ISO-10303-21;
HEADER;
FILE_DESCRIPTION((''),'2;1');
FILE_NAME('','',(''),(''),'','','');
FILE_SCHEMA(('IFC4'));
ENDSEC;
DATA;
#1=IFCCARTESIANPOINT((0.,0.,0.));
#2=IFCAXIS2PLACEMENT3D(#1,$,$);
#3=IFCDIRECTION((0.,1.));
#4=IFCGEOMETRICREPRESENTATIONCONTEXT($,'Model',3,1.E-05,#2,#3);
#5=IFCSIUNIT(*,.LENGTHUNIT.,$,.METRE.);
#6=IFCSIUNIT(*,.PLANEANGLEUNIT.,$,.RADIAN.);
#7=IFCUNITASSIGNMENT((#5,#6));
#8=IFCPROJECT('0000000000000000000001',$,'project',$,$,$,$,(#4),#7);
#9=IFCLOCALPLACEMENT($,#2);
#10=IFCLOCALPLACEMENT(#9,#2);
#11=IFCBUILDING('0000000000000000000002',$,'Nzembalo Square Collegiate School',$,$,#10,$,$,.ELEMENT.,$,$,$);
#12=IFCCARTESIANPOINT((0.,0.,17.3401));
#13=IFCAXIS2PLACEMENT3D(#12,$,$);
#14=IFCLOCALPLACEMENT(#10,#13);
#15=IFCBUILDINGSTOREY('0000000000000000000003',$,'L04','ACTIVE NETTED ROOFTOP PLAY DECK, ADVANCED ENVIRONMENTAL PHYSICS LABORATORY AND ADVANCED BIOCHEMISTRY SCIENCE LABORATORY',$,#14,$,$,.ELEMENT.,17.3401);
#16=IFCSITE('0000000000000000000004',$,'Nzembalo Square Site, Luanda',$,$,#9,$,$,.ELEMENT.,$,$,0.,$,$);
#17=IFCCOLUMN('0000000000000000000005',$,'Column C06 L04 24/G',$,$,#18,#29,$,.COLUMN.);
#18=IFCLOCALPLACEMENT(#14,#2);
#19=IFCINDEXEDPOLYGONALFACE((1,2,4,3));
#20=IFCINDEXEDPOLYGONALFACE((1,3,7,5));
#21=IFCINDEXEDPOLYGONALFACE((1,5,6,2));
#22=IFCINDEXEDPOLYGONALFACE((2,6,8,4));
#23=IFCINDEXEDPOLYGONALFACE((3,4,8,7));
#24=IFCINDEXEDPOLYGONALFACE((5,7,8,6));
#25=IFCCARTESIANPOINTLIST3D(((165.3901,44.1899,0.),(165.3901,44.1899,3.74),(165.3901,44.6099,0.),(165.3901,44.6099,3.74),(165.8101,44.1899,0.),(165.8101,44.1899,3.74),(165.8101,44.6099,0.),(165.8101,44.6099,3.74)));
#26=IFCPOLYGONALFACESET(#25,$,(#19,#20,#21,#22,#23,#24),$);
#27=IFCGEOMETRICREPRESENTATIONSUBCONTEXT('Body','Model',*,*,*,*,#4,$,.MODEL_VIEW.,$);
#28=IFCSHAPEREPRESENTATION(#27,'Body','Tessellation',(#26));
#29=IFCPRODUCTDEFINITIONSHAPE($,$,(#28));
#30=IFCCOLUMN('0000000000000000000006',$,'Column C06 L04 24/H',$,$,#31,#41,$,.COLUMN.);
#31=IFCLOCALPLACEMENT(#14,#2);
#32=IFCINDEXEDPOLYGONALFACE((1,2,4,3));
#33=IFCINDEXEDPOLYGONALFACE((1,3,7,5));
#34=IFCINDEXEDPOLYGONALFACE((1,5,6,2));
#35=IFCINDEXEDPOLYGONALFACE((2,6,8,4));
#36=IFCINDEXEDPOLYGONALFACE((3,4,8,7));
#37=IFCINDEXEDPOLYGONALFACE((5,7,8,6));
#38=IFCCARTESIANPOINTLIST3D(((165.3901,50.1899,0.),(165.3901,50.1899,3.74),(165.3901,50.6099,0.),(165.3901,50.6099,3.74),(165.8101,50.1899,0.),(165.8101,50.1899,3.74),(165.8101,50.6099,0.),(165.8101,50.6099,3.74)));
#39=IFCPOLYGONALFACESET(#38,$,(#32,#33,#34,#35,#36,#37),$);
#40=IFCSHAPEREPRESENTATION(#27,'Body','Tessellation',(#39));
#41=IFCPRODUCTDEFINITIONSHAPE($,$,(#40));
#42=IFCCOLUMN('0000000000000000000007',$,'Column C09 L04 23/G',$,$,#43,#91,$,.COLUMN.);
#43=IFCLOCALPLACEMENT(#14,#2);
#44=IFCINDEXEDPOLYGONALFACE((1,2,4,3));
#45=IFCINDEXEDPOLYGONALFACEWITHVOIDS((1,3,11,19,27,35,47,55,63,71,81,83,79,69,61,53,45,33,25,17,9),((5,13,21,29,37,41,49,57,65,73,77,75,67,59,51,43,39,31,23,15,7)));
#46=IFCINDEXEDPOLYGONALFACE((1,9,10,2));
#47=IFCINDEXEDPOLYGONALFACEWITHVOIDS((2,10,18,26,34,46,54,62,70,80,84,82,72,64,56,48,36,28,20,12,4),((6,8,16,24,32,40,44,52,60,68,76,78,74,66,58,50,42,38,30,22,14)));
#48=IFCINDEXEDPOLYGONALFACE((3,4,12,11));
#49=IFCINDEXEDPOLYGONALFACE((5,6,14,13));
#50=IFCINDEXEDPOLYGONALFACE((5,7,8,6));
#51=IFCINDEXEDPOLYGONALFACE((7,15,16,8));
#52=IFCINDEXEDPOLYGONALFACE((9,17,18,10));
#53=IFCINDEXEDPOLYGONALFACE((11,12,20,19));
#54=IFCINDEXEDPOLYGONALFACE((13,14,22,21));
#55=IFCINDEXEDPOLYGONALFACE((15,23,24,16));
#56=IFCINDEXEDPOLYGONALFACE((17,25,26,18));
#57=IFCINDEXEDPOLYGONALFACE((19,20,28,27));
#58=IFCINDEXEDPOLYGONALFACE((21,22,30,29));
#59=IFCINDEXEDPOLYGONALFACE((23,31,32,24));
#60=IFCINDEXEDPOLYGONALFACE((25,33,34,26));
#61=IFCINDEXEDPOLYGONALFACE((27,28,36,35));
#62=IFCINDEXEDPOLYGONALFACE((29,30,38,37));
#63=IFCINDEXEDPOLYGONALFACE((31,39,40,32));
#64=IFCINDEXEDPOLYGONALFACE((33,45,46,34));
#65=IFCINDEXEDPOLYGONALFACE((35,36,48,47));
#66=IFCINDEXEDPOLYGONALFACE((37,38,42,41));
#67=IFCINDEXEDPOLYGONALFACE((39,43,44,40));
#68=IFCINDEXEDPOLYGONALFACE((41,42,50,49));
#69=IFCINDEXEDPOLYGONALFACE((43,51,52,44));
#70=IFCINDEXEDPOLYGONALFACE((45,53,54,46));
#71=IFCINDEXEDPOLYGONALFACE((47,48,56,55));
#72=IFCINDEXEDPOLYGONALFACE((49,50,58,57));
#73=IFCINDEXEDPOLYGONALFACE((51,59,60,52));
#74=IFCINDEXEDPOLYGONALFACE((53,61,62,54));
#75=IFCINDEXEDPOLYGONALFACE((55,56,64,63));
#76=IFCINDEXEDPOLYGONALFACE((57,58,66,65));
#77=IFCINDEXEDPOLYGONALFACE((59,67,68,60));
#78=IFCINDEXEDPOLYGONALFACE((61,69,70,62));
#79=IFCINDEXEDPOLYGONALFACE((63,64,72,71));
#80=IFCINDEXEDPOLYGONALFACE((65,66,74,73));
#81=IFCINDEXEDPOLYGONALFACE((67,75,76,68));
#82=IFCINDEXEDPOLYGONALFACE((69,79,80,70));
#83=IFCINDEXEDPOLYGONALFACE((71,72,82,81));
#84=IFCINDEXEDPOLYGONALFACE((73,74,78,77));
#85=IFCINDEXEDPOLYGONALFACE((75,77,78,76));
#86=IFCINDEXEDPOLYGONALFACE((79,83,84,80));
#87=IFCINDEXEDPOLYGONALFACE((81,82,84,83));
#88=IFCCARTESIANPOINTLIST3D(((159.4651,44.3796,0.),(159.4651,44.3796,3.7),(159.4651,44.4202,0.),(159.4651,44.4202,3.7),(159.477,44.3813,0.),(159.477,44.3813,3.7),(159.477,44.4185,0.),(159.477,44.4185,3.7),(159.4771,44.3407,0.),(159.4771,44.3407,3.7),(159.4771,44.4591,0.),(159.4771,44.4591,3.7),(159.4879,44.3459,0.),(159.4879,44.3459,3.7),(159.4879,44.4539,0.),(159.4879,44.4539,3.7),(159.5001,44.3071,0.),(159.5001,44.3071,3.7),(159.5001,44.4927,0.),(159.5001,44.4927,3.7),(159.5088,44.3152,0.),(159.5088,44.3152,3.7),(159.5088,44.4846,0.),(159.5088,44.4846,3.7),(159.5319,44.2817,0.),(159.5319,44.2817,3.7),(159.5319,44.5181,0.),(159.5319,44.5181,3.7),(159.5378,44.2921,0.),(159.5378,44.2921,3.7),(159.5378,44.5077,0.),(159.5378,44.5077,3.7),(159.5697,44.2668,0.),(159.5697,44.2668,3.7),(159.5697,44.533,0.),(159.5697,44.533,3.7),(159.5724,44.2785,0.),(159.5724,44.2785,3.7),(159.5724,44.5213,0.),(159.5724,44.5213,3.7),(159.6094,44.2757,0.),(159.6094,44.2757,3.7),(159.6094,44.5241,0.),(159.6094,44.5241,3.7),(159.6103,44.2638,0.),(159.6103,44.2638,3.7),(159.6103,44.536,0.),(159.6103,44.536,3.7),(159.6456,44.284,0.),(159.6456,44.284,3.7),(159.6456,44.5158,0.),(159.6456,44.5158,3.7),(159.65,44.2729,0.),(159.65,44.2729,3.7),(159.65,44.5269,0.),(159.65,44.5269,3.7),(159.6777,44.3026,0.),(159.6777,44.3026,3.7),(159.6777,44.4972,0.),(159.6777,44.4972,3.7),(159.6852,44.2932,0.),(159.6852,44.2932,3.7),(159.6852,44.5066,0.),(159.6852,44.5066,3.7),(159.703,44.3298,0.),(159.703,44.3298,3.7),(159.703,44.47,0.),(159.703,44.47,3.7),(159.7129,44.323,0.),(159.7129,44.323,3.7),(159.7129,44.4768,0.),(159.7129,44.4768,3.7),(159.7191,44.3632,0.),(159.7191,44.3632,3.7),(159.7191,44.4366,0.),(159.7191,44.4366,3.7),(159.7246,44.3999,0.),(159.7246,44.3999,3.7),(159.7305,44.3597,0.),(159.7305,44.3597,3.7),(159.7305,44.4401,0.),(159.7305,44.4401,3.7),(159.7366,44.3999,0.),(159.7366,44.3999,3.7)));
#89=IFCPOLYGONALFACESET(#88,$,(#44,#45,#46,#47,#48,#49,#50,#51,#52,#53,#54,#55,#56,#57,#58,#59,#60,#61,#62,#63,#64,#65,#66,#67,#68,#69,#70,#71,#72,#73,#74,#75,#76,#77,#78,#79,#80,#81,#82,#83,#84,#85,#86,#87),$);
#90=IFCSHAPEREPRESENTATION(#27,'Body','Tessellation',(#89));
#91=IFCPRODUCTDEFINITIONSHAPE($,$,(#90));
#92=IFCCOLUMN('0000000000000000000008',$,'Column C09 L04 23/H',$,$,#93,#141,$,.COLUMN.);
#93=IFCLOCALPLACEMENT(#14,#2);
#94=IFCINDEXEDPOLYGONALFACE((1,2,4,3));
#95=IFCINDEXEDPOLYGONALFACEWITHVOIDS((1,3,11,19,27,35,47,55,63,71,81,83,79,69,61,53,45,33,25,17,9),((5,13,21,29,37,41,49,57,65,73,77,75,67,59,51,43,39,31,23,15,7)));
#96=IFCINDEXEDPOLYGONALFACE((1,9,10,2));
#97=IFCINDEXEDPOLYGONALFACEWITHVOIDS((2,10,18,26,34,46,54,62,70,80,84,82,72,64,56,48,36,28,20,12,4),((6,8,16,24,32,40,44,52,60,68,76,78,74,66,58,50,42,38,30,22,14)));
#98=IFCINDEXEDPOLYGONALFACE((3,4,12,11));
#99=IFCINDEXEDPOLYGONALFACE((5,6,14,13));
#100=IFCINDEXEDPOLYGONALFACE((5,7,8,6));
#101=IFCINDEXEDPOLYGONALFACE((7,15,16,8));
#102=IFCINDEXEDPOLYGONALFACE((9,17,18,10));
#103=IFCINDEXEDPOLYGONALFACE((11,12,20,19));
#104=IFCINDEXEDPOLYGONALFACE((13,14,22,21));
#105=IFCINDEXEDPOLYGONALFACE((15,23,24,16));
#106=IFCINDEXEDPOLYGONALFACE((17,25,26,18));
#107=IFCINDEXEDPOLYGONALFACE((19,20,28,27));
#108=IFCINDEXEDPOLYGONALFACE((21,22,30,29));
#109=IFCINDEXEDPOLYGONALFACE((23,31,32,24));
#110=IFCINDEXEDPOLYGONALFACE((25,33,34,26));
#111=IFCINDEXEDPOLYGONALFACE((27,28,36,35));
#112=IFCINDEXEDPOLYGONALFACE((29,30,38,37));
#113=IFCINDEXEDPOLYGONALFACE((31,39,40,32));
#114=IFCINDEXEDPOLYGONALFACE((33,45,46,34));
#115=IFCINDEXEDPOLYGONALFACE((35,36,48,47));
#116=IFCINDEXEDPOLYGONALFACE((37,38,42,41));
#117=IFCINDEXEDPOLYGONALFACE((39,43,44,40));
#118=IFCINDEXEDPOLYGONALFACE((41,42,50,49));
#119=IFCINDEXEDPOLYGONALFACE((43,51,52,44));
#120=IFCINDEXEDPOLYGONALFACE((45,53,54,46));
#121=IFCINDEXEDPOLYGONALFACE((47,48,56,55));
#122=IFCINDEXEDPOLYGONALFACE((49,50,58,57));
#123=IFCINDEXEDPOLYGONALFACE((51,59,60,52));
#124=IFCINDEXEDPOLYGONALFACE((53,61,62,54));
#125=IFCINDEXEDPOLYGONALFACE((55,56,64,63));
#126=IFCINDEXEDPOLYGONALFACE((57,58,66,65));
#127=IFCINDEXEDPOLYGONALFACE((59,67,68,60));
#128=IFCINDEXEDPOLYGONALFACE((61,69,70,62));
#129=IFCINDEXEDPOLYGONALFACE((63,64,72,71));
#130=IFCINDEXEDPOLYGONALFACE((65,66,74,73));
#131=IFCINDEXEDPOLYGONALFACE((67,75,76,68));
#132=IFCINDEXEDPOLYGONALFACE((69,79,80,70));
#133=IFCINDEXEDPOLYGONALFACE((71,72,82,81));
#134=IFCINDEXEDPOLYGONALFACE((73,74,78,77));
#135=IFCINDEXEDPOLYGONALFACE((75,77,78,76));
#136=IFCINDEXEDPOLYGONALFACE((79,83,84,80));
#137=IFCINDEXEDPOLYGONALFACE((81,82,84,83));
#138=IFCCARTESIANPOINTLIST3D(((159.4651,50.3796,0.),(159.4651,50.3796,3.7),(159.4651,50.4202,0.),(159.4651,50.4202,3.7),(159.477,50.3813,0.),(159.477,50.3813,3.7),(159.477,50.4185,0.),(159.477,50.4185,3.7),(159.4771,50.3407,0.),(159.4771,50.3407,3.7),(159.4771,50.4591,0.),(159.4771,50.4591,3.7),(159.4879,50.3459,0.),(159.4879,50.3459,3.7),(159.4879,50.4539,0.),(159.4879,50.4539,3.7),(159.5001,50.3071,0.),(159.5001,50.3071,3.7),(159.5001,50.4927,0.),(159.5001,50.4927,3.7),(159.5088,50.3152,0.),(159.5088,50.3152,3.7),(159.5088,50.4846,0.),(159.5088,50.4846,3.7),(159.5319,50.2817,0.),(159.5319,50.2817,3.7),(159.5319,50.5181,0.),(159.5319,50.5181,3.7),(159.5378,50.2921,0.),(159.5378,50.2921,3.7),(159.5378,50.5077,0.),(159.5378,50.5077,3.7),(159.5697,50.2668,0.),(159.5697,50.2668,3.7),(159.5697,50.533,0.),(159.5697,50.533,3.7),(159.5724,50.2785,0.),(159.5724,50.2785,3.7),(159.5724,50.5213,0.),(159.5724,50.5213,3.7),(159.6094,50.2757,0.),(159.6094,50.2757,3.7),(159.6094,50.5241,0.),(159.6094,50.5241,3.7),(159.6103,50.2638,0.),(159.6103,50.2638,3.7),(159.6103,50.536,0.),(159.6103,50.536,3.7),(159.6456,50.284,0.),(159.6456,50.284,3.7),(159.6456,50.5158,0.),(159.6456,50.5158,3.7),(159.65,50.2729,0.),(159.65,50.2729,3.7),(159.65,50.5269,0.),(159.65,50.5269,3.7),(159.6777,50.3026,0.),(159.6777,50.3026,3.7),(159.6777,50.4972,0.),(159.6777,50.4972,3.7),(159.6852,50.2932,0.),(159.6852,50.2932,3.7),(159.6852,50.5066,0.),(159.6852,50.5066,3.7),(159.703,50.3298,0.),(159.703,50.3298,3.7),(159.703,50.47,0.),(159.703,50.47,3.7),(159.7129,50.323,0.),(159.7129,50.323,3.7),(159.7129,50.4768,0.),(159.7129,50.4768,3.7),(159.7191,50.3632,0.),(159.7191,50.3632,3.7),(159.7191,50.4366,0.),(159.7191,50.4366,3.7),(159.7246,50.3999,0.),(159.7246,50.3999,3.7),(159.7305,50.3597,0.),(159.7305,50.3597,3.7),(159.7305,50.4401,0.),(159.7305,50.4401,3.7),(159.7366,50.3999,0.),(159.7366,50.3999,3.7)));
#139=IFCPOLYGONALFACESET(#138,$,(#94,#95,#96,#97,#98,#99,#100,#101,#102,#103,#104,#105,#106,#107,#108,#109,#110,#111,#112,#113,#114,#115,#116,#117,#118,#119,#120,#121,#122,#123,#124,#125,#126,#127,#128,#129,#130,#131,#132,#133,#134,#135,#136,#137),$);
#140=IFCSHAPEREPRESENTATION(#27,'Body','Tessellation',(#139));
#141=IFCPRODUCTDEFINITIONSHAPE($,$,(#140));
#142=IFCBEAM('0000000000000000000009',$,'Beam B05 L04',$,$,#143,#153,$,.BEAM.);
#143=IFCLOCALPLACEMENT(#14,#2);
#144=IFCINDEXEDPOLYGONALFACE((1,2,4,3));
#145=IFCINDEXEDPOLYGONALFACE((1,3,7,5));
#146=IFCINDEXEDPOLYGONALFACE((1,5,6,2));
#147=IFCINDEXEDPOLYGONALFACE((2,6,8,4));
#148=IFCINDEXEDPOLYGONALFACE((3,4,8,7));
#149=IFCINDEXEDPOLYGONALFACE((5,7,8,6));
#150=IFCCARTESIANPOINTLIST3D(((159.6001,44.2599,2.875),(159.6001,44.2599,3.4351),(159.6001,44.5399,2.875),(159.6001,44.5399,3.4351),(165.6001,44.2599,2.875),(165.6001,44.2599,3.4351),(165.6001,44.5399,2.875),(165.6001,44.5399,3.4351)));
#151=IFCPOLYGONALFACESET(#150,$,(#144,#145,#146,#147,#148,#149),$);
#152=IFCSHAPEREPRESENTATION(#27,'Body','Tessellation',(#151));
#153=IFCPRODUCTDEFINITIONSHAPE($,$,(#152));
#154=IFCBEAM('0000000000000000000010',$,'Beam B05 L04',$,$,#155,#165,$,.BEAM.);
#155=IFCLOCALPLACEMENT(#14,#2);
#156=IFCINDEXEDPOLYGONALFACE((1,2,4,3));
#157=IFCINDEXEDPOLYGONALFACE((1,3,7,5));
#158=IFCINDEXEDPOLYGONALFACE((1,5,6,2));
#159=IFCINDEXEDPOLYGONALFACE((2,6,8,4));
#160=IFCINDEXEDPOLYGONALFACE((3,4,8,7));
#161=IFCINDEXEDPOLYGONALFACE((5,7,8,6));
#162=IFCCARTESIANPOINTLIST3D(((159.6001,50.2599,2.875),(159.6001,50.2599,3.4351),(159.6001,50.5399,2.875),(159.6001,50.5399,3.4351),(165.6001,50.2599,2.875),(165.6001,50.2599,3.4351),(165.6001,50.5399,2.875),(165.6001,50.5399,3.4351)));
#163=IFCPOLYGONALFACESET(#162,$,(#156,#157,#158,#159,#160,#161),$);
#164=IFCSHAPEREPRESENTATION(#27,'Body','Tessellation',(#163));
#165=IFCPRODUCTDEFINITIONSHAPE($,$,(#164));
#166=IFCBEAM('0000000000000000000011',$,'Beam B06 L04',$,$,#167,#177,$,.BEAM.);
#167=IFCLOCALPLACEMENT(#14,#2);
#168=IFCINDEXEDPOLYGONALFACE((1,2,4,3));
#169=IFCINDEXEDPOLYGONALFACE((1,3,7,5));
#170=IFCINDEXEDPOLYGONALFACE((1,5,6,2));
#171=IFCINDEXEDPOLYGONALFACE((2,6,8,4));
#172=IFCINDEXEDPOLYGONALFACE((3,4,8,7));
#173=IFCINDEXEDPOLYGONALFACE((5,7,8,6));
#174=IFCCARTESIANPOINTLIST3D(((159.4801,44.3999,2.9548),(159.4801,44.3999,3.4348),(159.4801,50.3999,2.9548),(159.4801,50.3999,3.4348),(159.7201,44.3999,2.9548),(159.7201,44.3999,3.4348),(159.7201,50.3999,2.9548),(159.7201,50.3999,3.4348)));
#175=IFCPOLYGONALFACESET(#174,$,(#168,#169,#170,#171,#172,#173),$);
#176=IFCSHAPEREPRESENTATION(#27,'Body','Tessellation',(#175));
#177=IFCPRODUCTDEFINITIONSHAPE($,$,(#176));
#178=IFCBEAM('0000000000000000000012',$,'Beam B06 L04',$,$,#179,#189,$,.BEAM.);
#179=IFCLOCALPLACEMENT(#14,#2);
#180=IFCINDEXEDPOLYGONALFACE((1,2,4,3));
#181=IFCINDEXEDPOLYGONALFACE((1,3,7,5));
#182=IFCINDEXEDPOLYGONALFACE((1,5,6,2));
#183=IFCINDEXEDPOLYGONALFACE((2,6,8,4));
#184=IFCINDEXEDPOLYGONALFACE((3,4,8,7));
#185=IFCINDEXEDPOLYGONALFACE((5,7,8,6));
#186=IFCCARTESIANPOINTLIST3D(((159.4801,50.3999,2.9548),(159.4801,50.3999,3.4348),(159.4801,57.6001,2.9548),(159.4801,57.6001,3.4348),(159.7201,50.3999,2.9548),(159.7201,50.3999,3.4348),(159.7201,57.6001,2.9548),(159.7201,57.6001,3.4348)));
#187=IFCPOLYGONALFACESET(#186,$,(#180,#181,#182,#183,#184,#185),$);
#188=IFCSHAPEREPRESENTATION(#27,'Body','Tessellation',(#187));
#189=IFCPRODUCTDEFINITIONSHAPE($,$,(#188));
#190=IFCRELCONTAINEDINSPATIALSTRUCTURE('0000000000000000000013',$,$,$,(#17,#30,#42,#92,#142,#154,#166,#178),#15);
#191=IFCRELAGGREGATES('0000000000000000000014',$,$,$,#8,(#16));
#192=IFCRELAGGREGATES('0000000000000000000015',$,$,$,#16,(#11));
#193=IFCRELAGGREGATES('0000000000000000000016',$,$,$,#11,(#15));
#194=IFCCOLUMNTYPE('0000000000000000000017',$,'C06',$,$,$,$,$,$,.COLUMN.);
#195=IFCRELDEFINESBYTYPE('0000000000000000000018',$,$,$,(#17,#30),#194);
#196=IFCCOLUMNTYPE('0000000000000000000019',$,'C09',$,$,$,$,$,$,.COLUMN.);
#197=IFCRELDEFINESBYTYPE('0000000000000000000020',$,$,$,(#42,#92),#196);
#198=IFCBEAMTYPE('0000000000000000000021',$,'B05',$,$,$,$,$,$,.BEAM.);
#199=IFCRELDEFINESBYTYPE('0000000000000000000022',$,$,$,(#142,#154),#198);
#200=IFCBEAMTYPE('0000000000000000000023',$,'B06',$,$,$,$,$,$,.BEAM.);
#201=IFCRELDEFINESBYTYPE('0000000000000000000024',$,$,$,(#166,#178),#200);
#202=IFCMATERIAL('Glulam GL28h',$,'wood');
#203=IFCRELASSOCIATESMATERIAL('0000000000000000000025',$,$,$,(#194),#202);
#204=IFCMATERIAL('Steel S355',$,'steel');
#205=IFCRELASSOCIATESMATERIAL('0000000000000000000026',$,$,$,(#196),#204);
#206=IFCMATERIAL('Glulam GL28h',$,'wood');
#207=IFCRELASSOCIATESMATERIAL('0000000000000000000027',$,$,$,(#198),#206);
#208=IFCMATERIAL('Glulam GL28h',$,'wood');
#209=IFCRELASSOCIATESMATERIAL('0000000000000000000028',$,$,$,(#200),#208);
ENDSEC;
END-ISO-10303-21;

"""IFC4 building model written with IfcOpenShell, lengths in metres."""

from ifc_helpers import new_model, si_unit, direction, frame, origin, origin_2d, place, context, subcontext, project, spatial, rectangle, hollow_circle, extrude, material, material_profile, profile_set, type_object, element, save


model = new_model("IFC4")

# Units and contexts
model_context = context("Model", 3, precision=1e-05, world=origin(), true_north=direction((0.0, 1.0)))
body_context = subcontext(model_context, "Body", "Model", "MODEL_VIEW")
ifc_project = project(units=[si_unit("LENGTHUNIT", "METRE"), si_unit("PLANEANGLEUNIT", "RADIAN")], contexts=[model_context])

# Site, building, storey
site_placement = place(None, origin())
site = spatial("IfcSite", under=ifc_project, at=site_placement, Name="Nzembalo Square Site, Luanda", CompositionType="ELEMENT", RefElevation=0.0)
building_placement = place(site_placement, origin())
building = spatial("IfcBuilding", under=site, at=building_placement, Name="Nzembalo Square Collegiate School", CompositionType="ELEMENT")
storey_placement = place(building_placement, frame((0.0, 0.0, 17.3401)))
storey = spatial("IfcBuildingStorey", under=building, at=storey_placement, Name="L04", Description="ACTIVE NETTED ROOFTOP PLAY DECK, ADVANCED ENVIRONMENTAL PHYSICS LABORATORY AND ADVANCED BIOCHEMISTRY SCIENCE LABORATORY", CompositionType="ELEMENT", Elevation=17.3401)

# Columns
ifc_material_1 = material(Name="Glulam GL28h", Category="wood")
ifc_material_profile_1 = material_profile(ifc_material_1, rectangle(XDim=0.4199, YDim=0.4199, at=origin_2d()), Name="GL28h 420x420")
ifc_profile_set_1 = profile_set([ifc_material_profile_1], Name="Glulam GL28h")
column_type_1 = type_object("IfcColumnType", Name="C06", PredefinedType="COLUMN", material=ifc_profile_set_1)
for number, where, z_axis, x_axis, name in (
    (1, (165.6001, 44.3999, 0.0), (0.0, 0.0, 1.0), (1.0, 0.0, 0.0), "Column C06 L04 24/G"),
    (2, (165.6001, 50.3999, 0.0), (0.0, 0.0, 1.0), (1.0, 0.0, 0.0), "Column C06 L04 24/H"),
):
    element("IfcColumn", number, at=place(storey_placement, frame(where, z_axis=z_axis, x_axis=x_axis)), inside=storey, type_object=column_type_1, Name=name, PredefinedType="COLUMN", context=body_context, shape_type="SweptSolid", body=[
        extrude(rectangle(XDim=0.4199, YDim=0.4199, at=origin_2d()), origin(), (0.0, 0.0, 1.0), 3.74),
    ])
ifc_material_2 = material(Name="Steel S355", Category="steel")
ifc_material_profile_2 = material_profile(ifc_material_2, hollow_circle(Radius=0.1365, WallThickness=0.012, at=origin_2d()), Name="CHS 273x12")
ifc_profile_set_2 = profile_set([ifc_material_profile_2], Name="Steel S355")
column_type_2 = type_object("IfcColumnType", Name="C09", PredefinedType="COLUMN", material=ifc_profile_set_2)
for number, where, z_axis, x_axis, name in (
    (3, (159.6001, 44.3999, 0.0), (0.0, 0.0, 1.0), (1.0, 0.0, 0.0), "Column C09 L04 23/G"),
    (4, (159.6001, 50.3999, 0.0), (0.0, 0.0, 1.0), (1.0, 0.0, 0.0), "Column C09 L04 23/H"),
):
    element("IfcColumn", number, at=place(storey_placement, frame(where, z_axis=z_axis, x_axis=x_axis)), inside=storey, type_object=column_type_2, Name=name, PredefinedType="COLUMN", context=body_context, shape_type="SweptSolid", body=[
        extrude(hollow_circle(Radius=0.1365, WallThickness=0.012, at=origin_2d()), origin(), (0.0, 0.0, 1.0), 3.7),
    ])

# Beams
ifc_material_3 = material(Name="Glulam GL28h", Category="wood")
ifc_material_profile_3 = material_profile(ifc_material_3, rectangle(XDim=0.28, YDim=0.5601, at=origin_2d()), Name="GL28h 280x560")
ifc_profile_set_3 = profile_set([ifc_material_profile_3], Name="Glulam GL28h")
beam_type_1 = type_object("IfcBeamType", Name="B05", PredefinedType="BEAM", material=ifc_profile_set_3)
for number, where, z_axis, x_axis, name in (
    (5, (159.6001, 44.3999, 3.155), (1.0, 0.0, 0.0), (0.0, 1.0, 0.0), "Beam B05 L04"),
    (6, (159.6001, 50.3999, 3.155), (1.0, 0.0, 0.0), (0.0, 1.0, 0.0), "Beam B05 L04"),
):
    element("IfcBeam", number, at=place(storey_placement, frame(where, z_axis=z_axis, x_axis=x_axis)), inside=storey, type_object=beam_type_1, Name=name, PredefinedType="BEAM", context=body_context, shape_type="SweptSolid", body=[
        extrude(rectangle(XDim=0.28, YDim=0.5601, at=origin_2d()), origin(), (0.0, 0.0, 1.0), 6.0),
    ])
ifc_material_4 = material(Name="Glulam GL28h", Category="wood")
ifc_material_profile_4 = material_profile(ifc_material_4, rectangle(XDim=0.24, YDim=0.48, at=origin_2d()), Name="GL28h 240x480")
ifc_profile_set_4 = profile_set([ifc_material_profile_4], Name="Glulam GL28h")
beam_type_2 = type_object("IfcBeamType", Name="B06", PredefinedType="BEAM", material=ifc_profile_set_4)
beam_1_placement = place(storey_placement, frame((159.6001, 44.3999, 3.1948), z_axis=(0.0, 1.0, 0.0), x_axis=(-1.0, 0.0, 0.0)))
element("IfcBeam", 7, at=beam_1_placement, inside=storey, type_object=beam_type_2, Name="Beam B06 L04", PredefinedType="BEAM", context=body_context, shape_type="SweptSolid", body=[
    extrude(rectangle(XDim=0.24, YDim=0.48, at=origin_2d()), origin(), (0.0, 0.0, 1.0), 6.0),
])
beam_2_placement = place(storey_placement, frame((159.6001, 50.3999, 3.1948), z_axis=(0.0, 1.0, 0.0), x_axis=(-1.0, 0.0, 0.0)))
element("IfcBeam", 8, at=beam_2_placement, inside=storey, type_object=beam_type_2, Name="Beam B06 L04", PredefinedType="BEAM", context=body_context, shape_type="SweptSolid", body=[
    extrude(rectangle(XDim=0.24, YDim=0.48, at=origin_2d()), origin(), (0.0, 0.0, 1.0), 7.2002),
])

save(model, "model.ifc")
